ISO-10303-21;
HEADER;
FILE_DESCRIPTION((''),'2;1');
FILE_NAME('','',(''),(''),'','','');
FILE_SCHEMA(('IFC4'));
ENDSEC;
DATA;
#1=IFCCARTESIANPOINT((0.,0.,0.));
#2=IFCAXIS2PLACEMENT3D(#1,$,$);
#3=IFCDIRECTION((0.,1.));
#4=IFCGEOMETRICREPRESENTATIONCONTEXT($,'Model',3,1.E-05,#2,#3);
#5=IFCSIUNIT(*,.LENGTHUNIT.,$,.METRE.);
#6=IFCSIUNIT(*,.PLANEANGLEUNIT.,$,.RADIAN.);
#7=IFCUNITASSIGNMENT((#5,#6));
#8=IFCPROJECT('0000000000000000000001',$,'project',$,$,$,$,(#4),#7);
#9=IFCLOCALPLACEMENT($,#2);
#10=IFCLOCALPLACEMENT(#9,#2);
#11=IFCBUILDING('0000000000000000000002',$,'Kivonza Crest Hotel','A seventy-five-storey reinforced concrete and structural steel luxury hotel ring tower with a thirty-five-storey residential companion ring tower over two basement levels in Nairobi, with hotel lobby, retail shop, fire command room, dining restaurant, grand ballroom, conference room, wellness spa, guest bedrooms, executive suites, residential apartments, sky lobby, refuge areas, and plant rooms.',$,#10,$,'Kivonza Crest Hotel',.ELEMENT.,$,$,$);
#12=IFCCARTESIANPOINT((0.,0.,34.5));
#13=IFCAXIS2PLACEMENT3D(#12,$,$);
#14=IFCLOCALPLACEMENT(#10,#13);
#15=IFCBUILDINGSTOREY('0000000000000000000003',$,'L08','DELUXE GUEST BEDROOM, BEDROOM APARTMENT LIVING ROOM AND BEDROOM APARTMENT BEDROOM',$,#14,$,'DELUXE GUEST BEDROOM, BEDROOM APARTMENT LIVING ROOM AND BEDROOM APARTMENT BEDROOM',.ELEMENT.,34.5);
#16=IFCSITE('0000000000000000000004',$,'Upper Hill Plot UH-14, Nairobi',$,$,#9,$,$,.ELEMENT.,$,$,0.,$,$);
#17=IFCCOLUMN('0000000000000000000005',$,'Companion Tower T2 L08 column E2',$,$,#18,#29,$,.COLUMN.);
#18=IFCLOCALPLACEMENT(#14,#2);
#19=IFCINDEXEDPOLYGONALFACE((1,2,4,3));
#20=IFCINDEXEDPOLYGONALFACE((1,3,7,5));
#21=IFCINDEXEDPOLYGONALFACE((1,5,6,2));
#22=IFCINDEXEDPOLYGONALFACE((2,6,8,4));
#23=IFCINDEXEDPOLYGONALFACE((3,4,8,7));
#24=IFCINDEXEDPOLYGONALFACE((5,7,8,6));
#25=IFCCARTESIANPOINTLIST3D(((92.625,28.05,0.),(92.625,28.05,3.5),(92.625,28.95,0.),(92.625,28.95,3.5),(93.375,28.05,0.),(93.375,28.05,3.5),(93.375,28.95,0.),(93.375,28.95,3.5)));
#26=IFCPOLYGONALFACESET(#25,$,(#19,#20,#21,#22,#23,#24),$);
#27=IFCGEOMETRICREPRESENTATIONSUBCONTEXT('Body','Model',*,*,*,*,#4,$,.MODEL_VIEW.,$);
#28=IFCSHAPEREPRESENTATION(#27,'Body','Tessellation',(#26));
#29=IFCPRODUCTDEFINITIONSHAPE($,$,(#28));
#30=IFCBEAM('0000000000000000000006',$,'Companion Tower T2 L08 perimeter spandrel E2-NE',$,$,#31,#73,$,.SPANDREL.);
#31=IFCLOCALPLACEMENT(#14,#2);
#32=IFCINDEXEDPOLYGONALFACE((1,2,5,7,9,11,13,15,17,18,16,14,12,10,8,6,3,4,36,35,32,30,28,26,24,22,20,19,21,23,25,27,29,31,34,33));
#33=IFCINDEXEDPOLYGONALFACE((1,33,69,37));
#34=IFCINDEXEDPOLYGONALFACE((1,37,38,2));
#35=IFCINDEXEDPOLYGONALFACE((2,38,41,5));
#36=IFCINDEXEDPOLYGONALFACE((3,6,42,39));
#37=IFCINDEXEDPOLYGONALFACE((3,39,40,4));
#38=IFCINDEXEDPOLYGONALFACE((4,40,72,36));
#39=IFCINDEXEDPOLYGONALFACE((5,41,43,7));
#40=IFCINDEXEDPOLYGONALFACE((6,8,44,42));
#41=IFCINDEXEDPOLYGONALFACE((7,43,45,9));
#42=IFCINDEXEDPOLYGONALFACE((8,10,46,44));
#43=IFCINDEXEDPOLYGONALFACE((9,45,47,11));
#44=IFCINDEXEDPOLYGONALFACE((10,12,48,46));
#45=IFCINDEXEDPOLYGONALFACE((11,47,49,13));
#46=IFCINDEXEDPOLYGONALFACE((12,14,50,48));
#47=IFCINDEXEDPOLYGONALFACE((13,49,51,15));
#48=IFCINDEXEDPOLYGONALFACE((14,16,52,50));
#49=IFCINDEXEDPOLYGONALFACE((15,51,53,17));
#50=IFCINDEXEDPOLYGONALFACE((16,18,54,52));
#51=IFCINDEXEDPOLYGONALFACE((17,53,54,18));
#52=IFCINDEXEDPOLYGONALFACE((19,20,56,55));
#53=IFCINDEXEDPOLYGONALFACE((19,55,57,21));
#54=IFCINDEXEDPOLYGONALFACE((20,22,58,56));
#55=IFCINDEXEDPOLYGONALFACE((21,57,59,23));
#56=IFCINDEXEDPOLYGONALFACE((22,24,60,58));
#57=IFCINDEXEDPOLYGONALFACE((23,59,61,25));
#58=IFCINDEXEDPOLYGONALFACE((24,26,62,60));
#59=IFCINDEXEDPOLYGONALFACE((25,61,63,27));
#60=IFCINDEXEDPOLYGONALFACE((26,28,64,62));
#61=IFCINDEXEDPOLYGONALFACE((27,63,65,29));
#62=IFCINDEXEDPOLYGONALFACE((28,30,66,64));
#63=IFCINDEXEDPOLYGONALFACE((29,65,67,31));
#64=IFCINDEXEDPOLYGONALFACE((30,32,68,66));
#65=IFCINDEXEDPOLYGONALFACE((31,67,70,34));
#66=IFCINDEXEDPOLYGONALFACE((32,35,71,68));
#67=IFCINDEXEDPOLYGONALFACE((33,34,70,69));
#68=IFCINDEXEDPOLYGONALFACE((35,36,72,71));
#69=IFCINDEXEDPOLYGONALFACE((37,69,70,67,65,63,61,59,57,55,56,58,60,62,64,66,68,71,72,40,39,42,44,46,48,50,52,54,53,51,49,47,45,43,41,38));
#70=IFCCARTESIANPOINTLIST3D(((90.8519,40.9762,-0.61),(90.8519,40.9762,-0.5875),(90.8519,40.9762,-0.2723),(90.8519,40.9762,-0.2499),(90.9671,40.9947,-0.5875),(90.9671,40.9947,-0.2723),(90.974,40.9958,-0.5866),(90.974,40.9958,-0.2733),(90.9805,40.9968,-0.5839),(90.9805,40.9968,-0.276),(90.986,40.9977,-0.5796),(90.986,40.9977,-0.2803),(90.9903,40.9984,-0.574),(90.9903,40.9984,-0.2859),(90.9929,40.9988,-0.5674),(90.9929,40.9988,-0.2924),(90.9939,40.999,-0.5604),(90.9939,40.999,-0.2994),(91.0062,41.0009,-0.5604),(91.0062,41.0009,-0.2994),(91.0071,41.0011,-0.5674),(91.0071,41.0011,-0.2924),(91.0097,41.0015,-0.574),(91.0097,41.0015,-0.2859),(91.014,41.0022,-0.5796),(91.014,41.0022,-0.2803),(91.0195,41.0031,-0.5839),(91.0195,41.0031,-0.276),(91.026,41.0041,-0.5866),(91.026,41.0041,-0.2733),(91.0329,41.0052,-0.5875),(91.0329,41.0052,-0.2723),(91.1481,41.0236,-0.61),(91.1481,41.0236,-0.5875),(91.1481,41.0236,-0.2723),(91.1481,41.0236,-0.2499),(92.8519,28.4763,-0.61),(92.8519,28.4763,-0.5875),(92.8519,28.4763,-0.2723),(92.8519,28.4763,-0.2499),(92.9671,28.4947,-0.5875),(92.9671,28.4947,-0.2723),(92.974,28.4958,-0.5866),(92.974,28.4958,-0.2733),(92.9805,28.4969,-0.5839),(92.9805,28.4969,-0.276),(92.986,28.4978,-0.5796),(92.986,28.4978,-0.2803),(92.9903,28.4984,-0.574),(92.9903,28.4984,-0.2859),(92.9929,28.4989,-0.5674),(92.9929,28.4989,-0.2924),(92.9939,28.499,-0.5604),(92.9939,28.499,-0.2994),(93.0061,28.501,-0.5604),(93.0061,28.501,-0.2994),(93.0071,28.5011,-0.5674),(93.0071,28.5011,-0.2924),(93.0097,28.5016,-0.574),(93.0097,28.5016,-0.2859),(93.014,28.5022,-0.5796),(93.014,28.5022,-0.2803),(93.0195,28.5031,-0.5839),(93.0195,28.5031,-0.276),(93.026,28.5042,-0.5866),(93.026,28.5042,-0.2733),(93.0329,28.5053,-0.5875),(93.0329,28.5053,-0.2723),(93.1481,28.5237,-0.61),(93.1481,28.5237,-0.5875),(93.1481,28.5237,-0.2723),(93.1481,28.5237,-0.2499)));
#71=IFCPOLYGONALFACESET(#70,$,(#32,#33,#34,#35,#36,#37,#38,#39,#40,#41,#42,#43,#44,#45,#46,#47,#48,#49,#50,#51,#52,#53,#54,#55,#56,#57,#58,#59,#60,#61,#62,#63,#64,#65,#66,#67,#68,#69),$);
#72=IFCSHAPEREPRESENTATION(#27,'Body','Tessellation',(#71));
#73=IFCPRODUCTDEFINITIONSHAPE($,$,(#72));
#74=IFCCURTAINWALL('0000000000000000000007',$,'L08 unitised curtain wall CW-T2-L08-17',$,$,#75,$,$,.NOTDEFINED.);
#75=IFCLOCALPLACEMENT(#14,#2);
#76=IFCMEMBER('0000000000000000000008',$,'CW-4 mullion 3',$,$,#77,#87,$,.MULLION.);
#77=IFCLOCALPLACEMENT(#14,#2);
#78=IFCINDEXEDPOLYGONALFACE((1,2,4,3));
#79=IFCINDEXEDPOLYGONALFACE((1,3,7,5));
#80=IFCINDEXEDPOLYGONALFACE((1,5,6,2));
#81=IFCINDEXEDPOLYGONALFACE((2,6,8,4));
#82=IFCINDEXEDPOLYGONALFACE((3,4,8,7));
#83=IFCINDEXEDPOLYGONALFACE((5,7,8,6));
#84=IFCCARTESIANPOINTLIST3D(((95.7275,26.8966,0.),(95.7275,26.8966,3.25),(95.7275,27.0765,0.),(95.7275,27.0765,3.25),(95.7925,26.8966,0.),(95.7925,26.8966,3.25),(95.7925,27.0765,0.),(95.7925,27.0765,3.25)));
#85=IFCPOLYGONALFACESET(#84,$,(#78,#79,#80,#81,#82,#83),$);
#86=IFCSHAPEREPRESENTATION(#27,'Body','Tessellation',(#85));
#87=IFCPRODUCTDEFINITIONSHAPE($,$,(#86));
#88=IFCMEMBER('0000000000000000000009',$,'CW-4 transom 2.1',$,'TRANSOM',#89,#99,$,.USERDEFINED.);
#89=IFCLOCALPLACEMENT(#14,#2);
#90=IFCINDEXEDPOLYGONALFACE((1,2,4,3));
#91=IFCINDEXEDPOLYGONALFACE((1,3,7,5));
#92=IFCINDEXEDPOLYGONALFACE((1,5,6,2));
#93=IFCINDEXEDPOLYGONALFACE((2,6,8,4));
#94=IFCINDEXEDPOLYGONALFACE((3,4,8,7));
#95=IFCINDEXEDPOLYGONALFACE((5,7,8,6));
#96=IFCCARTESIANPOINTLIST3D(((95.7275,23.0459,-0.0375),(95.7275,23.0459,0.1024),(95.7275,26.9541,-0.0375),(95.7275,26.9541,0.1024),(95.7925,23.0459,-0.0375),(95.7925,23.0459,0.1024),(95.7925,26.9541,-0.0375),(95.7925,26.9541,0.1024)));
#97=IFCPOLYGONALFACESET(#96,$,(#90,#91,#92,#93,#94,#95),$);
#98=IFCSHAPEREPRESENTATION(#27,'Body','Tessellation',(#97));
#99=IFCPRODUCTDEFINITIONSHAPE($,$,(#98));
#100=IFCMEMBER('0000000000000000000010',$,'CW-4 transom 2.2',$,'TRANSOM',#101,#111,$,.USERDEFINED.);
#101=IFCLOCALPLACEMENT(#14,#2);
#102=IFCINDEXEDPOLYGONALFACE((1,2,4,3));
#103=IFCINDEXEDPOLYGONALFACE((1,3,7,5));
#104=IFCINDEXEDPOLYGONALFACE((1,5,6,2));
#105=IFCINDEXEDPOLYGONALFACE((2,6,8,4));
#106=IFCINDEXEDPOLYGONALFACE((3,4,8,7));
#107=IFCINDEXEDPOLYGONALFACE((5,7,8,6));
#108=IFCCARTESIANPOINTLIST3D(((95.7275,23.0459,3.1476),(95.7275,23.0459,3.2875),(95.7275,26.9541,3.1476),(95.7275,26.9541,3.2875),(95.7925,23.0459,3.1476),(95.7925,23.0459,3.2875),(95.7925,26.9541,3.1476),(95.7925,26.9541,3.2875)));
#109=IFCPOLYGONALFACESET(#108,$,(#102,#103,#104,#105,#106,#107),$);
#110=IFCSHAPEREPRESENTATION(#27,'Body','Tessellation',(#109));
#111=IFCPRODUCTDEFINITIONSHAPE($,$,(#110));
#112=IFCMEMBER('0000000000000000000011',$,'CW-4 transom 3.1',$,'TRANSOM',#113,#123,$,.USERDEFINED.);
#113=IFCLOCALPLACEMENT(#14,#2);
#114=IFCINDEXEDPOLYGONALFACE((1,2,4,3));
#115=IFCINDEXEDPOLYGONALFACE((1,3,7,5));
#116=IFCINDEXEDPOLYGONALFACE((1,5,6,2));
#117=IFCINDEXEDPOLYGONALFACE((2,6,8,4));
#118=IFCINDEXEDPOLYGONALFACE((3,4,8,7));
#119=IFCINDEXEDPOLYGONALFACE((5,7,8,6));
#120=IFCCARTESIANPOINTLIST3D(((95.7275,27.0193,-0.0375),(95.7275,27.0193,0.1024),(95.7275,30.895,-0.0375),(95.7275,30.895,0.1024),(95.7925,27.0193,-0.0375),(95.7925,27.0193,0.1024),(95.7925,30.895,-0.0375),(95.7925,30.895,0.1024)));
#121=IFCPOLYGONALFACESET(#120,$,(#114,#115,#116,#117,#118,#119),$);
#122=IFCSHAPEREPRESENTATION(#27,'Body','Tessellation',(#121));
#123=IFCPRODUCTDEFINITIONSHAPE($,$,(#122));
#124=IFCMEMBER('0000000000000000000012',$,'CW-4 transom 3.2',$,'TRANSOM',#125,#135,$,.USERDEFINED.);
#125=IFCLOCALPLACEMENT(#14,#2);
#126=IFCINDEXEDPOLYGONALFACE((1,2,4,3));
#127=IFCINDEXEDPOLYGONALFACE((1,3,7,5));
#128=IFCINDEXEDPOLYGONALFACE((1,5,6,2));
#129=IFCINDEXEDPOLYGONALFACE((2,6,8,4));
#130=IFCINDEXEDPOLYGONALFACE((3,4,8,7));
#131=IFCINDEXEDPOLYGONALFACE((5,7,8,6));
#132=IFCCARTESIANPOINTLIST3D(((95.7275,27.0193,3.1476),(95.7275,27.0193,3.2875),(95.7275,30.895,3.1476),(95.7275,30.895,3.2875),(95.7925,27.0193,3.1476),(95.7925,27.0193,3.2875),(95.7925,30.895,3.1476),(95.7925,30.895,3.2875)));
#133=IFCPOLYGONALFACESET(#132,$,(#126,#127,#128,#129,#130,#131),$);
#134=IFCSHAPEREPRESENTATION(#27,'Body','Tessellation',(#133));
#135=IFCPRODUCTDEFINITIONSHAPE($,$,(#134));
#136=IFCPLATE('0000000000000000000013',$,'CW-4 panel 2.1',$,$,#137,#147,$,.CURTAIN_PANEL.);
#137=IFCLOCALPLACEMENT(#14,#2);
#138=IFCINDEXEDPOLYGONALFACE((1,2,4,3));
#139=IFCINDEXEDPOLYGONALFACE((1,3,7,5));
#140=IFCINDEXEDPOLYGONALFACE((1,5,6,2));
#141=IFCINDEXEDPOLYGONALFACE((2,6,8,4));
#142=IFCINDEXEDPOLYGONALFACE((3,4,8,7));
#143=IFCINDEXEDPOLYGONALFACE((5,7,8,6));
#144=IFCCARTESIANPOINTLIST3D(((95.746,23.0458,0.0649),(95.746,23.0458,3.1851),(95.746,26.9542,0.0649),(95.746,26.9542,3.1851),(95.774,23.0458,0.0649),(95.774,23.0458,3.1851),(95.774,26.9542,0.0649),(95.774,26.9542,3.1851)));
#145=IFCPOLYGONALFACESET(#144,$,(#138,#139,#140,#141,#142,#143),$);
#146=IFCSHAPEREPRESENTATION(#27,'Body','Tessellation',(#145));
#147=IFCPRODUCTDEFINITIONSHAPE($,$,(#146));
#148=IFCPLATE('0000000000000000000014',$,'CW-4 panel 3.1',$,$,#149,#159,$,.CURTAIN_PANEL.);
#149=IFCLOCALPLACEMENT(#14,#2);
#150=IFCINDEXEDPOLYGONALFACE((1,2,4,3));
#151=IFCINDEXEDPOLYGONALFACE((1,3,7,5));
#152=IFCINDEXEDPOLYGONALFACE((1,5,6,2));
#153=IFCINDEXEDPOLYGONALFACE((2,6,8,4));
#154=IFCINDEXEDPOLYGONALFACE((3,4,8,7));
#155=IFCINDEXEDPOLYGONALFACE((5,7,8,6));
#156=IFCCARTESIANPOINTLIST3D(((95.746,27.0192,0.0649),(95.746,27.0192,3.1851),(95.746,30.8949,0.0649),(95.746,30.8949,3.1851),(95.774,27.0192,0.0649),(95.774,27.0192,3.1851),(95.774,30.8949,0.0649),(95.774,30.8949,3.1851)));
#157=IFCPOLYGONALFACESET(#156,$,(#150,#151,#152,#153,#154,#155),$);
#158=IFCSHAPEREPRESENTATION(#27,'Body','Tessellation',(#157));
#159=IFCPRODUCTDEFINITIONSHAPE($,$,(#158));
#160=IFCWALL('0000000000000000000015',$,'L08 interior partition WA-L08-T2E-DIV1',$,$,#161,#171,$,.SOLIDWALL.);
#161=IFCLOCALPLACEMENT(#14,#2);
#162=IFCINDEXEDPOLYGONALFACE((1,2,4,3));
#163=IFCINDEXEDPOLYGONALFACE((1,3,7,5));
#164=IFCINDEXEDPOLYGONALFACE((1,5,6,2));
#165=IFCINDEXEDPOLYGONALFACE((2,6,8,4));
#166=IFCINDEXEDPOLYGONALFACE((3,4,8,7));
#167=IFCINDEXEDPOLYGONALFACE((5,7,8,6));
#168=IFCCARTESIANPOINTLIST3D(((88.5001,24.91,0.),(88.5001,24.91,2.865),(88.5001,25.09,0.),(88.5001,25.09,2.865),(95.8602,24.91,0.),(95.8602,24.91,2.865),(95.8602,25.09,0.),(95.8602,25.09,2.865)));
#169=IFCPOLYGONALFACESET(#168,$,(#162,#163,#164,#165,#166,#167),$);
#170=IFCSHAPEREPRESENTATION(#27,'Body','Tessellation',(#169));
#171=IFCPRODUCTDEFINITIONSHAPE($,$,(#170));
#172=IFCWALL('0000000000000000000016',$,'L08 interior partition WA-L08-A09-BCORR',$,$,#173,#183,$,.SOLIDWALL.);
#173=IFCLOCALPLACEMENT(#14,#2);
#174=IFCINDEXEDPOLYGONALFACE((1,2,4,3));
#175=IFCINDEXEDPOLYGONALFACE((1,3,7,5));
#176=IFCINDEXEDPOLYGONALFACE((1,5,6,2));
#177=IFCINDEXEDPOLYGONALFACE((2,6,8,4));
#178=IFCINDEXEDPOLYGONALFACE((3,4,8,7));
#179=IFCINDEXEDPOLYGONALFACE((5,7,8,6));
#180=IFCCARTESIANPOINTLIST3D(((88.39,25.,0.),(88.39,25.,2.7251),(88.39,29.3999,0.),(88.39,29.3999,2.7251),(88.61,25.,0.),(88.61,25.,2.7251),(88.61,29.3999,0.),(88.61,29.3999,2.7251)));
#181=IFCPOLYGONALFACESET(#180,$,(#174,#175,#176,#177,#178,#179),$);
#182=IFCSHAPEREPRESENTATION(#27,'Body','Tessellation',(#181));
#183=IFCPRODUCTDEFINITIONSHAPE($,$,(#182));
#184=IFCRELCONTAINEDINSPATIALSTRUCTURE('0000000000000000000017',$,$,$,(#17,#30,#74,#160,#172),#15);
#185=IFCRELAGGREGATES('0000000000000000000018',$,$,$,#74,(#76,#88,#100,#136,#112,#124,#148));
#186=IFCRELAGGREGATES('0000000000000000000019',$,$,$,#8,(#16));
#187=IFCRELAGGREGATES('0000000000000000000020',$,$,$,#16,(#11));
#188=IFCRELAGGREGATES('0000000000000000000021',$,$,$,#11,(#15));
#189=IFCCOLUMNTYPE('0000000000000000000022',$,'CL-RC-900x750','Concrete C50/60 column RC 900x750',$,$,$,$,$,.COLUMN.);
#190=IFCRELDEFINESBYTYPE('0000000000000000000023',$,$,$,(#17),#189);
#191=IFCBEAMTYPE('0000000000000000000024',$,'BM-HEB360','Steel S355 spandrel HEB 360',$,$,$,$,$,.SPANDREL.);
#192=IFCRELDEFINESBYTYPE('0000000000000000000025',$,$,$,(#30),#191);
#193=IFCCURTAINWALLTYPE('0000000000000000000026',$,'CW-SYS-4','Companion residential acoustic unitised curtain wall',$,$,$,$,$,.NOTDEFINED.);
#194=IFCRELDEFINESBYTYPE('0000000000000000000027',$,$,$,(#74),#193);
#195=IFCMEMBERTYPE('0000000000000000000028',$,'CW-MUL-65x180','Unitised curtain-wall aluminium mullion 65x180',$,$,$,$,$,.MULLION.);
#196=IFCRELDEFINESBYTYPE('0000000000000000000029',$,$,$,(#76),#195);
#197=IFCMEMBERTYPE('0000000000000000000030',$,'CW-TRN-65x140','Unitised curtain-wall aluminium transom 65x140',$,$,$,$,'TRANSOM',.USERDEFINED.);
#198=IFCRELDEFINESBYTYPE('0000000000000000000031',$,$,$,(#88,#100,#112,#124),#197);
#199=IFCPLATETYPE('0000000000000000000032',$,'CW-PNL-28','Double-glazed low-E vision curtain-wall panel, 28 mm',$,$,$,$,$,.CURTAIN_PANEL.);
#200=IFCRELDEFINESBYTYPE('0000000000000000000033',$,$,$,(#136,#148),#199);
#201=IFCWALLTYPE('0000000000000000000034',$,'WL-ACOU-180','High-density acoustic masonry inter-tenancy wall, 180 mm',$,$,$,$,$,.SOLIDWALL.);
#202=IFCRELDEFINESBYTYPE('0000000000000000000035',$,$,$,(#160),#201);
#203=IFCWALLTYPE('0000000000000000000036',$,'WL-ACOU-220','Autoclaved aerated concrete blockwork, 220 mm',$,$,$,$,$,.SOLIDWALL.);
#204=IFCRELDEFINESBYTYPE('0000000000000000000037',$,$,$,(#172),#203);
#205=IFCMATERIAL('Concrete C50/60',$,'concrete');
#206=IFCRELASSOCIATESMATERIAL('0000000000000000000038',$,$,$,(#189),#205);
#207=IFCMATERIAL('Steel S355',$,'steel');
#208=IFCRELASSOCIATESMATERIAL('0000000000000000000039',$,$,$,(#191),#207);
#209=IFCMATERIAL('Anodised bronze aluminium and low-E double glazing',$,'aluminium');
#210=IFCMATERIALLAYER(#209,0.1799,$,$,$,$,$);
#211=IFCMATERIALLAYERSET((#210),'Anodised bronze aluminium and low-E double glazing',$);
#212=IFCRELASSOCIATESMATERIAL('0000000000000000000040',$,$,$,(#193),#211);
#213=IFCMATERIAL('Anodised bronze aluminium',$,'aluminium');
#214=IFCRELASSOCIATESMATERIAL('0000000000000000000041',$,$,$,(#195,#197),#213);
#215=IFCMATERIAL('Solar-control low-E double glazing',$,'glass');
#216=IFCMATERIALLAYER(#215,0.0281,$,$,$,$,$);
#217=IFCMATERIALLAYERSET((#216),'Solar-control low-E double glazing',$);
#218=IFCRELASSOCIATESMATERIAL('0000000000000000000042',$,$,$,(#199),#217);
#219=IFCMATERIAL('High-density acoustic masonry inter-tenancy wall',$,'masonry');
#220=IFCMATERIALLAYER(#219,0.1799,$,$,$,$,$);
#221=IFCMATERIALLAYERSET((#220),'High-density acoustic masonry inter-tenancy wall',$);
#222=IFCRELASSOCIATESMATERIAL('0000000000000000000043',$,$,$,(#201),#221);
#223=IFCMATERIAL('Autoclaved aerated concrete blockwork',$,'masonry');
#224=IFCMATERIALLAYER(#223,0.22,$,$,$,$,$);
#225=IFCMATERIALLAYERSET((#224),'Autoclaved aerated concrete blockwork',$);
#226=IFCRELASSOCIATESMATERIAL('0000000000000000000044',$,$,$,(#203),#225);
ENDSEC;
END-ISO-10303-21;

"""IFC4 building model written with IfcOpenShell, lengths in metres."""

from ifc_helpers import new_model, si_unit, direction, frame, frame_2d, origin, origin_2d, place, context, subcontext, project, spatial, rectangle, i_section, extrude, material, layer, layer_set, material_profile, profile_set, type_object, element, aggregate, save


model = new_model("IFC4")

# Units and contexts
model_context = context("Model", 3, precision=1e-05, world=origin(), true_north=direction((0.0, 1.0)))
body_context = subcontext(model_context, "Body", "Model", "MODEL_VIEW")
ifc_project = project(units=[si_unit("LENGTHUNIT", "METRE"), si_unit("PLANEANGLEUNIT", "RADIAN")], contexts=[model_context])

# Site, building, storey
site_placement = place(None, origin())
site = spatial("IfcSite", under=ifc_project, at=site_placement, Name="Upper Hill Plot UH-14, Nairobi", CompositionType="ELEMENT", RefElevation=0.0)
building_placement = place(site_placement, origin())
building = spatial("IfcBuilding", under=site, at=building_placement, Name="Kivonza Crest Hotel", Description="A seventy-five-storey reinforced concrete and structural steel luxury hotel ring tower with a thirty-five-storey residential companion ring tower over two basement levels in Nairobi, with hotel lobby, retail shop, fire command room, dining restaurant, grand ballroom, conference room, wellness spa, guest bedrooms, executive suites, residential apartments, sky lobby, refuge areas, and plant rooms.", LongName="Kivonza Crest Hotel", CompositionType="ELEMENT")
storey_placement = place(building_placement, frame((0.0, 0.0, 34.5)))
storey = spatial("IfcBuildingStorey", under=building, at=storey_placement, Name="L08", Description="DELUXE GUEST BEDROOM, BEDROOM APARTMENT LIVING ROOM AND BEDROOM APARTMENT BEDROOM", LongName="DELUXE GUEST BEDROOM, BEDROOM APARTMENT LIVING ROOM AND BEDROOM APARTMENT BEDROOM", CompositionType="ELEMENT", Elevation=34.5)

# Column
ifc_material_1 = material(Name="Concrete C50/60", Category="concrete")
ifc_material_profile_1 = material_profile(ifc_material_1, rectangle(XDim=0.75, YDim=0.8999, at=origin_2d()), Name="RC 900x750")
ifc_profile_set_1 = profile_set([ifc_material_profile_1], Name="Concrete C50/60")
column_type = type_object("IfcColumnType", Name="CL-RC-900x750", Description="Concrete C50/60 column RC 900x750", PredefinedType="COLUMN", material=ifc_profile_set_1)
column_placement = place(storey_placement, frame((93.0, 28.5, 0.0), z_axis=(0.0, 0.0, 1.0), x_axis=(1.0, 0.0, 0.0)))
element("IfcColumn", 1, at=column_placement, inside=storey, type_object=column_type, Name="Companion Tower T2 L08 column E2", PredefinedType="COLUMN", context=body_context, shape_type="SweptSolid", body=[
    extrude(rectangle(XDim=0.75, YDim=0.8999, at=origin_2d()), origin(), (0.0, 0.0, 1.0), 3.5),
])

# Beam
ifc_material_2 = material(Name="Steel S355", Category="steel")
ifc_material_profile_2 = material_profile(ifc_material_2, i_section(OverallWidth=0.3, OverallDepth=0.3601, WebThickness=0.0125, FlangeThickness=0.0225, FilletRadius=0.0271, at=origin_2d()), Name="HEB 360")
ifc_profile_set_2 = profile_set([ifc_material_profile_2], Name="Steel S355")
beam_type = type_object("IfcBeamType", Name="BM-HEB360", Description="Steel S355 spandrel HEB 360", PredefinedType="SPANDREL", material=ifc_profile_set_2)
beam_placement = place(storey_placement, frame((93.0, 28.5, -0.4299), z_axis=(-0.157991, 0.987441, 0.0), x_axis=(-0.987441, -0.157991, 0.0)))
element("IfcBeam", 2, at=beam_placement, inside=storey, type_object=beam_type, Name="Companion Tower T2 L08 perimeter spandrel E2-NE", PredefinedType="SPANDREL", context=body_context, shape_type="SweptSolid", body=[
    extrude(i_section(OverallWidth=0.3, OverallDepth=0.3601, WebThickness=0.0125, FlangeThickness=0.0225, FilletRadius=0.0271, at=origin_2d()), origin(), (0.0, 0.0, 1.0), 12.6589),
])

# Curtain wall, members, plates
ifc_material_3 = material(Name="Anodised bronze aluminium and low-E double glazing", Category="aluminium")
ifc_layer_1 = layer(ifc_material_3, 0.1799)
ifc_layer_set_1 = layer_set([ifc_layer_1], Name="Anodised bronze aluminium and low-E double glazing")
curtain_wall_type = type_object("IfcCurtainWallType", Name="CW-SYS-4", Description="Companion residential acoustic unitised curtain wall", PredefinedType="NOTDEFINED", material=ifc_layer_set_1)
curtain_wall_placement = place(storey_placement, origin())
curtain_wall = element("IfcCurtainWall", 3, at=curtain_wall_placement, inside=storey, type_object=curtain_wall_type, Name="L08 unitised curtain wall CW-T2-L08-17", PredefinedType="NOTDEFINED")
ifc_material_4 = material(Name="Anodised bronze aluminium", Category="aluminium")
ifc_material_profile_3 = material_profile(ifc_material_4, rectangle(XDim=0.0649, YDim=0.1799, at=origin_2d()), Name="CW-M 65x180")
ifc_profile_set_3 = profile_set([ifc_material_profile_3], Name="Anodised bronze aluminium")
member_type_1 = type_object("IfcMemberType", Name="CW-MUL-65x180", Description="Unitised curtain-wall aluminium mullion 65x180", PredefinedType="MULLION", material=ifc_profile_set_3)
member_1_placement = place(storey_placement, frame((95.76, 26.9866, 0.0), z_axis=(0.0, 0.0, 1.0), x_axis=(-1.0, 0.0, 0.0)))
member_1 = element("IfcMember", 4, at=member_1_placement, type_object=member_type_1, Name="CW-4 mullion 3", PredefinedType="MULLION", context=body_context, shape_type="SweptSolid", body=[
    extrude(rectangle(XDim=0.0649, YDim=0.1799, at=origin_2d()), origin(), (0.0, 0.0, 1.0), 3.25),
])
ifc_material_profile_4 = material_profile(ifc_material_4, rectangle(XDim=0.0649, YDim=0.1399, at=origin_2d()), Name="CW-T 65x140")
ifc_profile_set_4 = profile_set([ifc_material_profile_4], Name="Anodised bronze aluminium")
member_type_2 = type_object("IfcMemberType", Name="CW-TRN-65x140", Description="Unitised curtain-wall aluminium transom 65x140", ElementType="TRANSOM", PredefinedType="USERDEFINED", material=ifc_profile_set_4)
member_2_placement = place(storey_placement, frame((95.76, 23.0459, 0.0325), z_axis=(0.0, 1.0, 0.0), x_axis=(-1.0, 0.0, 0.0)))
member_2 = element("IfcMember", 5, at=member_2_placement, type_object=member_type_2, Name="CW-4 transom 2.1", ObjectType="TRANSOM", PredefinedType="USERDEFINED", context=body_context, shape_type="SweptSolid", body=[
    extrude(rectangle(XDim=0.0649, YDim=0.1399, at=origin_2d()), origin(), (0.0, 0.0, 1.0), 3.9082),
])
member_3_placement = place(storey_placement, frame((95.76, 23.0459, 3.2175), z_axis=(0.0, 1.0, 0.0), x_axis=(-1.0, 0.0, 0.0)))
member_3 = element("IfcMember", 6, at=member_3_placement, type_object=member_type_2, Name="CW-4 transom 2.2", ObjectType="TRANSOM", PredefinedType="USERDEFINED", context=body_context, shape_type="SweptSolid", body=[
    extrude(rectangle(XDim=0.0649, YDim=0.1399, at=origin_2d()), origin(), (0.0, 0.0, 1.0), 3.9082),
])
member_4_placement = place(storey_placement, frame((95.76, 27.0193, 0.0325), z_axis=(0.0, 1.0, 0.0), x_axis=(-1.0, 0.0, 0.0)))
member_4 = element("IfcMember", 7, at=member_4_placement, type_object=member_type_2, Name="CW-4 transom 3.1", ObjectType="TRANSOM", PredefinedType="USERDEFINED", context=body_context, shape_type="SweptSolid", body=[
    extrude(rectangle(XDim=0.0649, YDim=0.1399, at=origin_2d()), origin(), (0.0, 0.0, 1.0), 3.8757),
])
member_5_placement = place(storey_placement, frame((95.76, 27.0193, 3.2175), z_axis=(0.0, 1.0, 0.0), x_axis=(-1.0, 0.0, 0.0)))
member_5 = element("IfcMember", 8, at=member_5_placement, type_object=member_type_2, Name="CW-4 transom 3.2", ObjectType="TRANSOM", PredefinedType="USERDEFINED", context=body_context, shape_type="SweptSolid", body=[
    extrude(rectangle(XDim=0.0649, YDim=0.1399, at=origin_2d()), origin(), (0.0, 0.0, 1.0), 3.8757),
])
ifc_material_5 = material(Name="Solar-control low-E double glazing", Category="glass")
ifc_layer_2 = layer(ifc_material_5, 0.0281)
ifc_layer_set_2 = layer_set([ifc_layer_2], Name="Solar-control low-E double glazing")
plate_type = type_object("IfcPlateType", Name="CW-PNL-28", Description="Double-glazed low-E vision curtain-wall panel, 28 mm", PredefinedType="CURTAIN_PANEL", material=ifc_layer_set_2)
plate_1_placement = place(storey_placement, frame((95.76, 25.0, 0.0649), z_axis=(0.0, 0.0, 1.0), x_axis=(0.0, 1.0, 0.0)))
plate_1 = element("IfcPlate", 9, at=plate_1_placement, type_object=plate_type, Name="CW-4 panel 2.1", PredefinedType="CURTAIN_PANEL", context=body_context, shape_type="SweptSolid", body=[
    extrude(rectangle(XDim=3.9084, YDim=0.0281, at=origin_2d()), origin(), (0.0, 0.0, 1.0), 3.1201),
])
plate_2_placement = place(storey_placement, frame((95.76, 28.957, 0.0649), z_axis=(0.0, 0.0, 1.0), x_axis=(0.0, 1.0, 0.0)))
plate_2 = element("IfcPlate", 10, at=plate_2_placement, type_object=plate_type, Name="CW-4 panel 3.1", PredefinedType="CURTAIN_PANEL", context=body_context, shape_type="SweptSolid", body=[
    extrude(rectangle(XDim=3.8757, YDim=0.0281, at=origin_2d()), origin(), (0.0, 0.0, 1.0), 3.1201),
])
aggregate(curtain_wall, [member_1, member_2, member_3, plate_1, member_4, member_5, plate_2])

# Walls
ifc_material_6 = material(Name="High-density acoustic masonry inter-tenancy wall", Category="masonry")
ifc_layer_3 = layer(ifc_material_6, 0.1799)
ifc_layer_set_3 = layer_set([ifc_layer_3], Name="High-density acoustic masonry inter-tenancy wall")
wall_type_1 = type_object("IfcWallType", Name="WL-ACOU-180", Description="High-density acoustic masonry inter-tenancy wall, 180 mm", PredefinedType="SOLIDWALL", material=ifc_layer_set_3)
wall_1_placement = place(storey_placement, frame((88.5, 25.0, 0.0), z_axis=(0.0, 0.0, 1.0), x_axis=(1.0, 0.0, 0.0)))
element("IfcWall", 11, at=wall_1_placement, inside=storey, type_object=wall_type_1, Name="L08 interior partition WA-L08-T2E-DIV1", PredefinedType="SOLIDWALL", context=body_context, shape_type="SweptSolid", body=[
    extrude(rectangle(XDim=7.3601, YDim=0.1799, at=frame_2d((3.6802, 0.0))), origin(), (0.0, 0.0, 1.0), 2.865),
])
ifc_material_7 = material(Name="Autoclaved aerated concrete blockwork", Category="masonry")
ifc_layer_4 = layer(ifc_material_7, 0.22)
ifc_layer_set_4 = layer_set([ifc_layer_4], Name="Autoclaved aerated concrete blockwork")
wall_type_2 = type_object("IfcWallType", Name="WL-ACOU-220", Description="Autoclaved aerated concrete blockwork, 220 mm", PredefinedType="SOLIDWALL", material=ifc_layer_set_4)
wall_2_placement = place(storey_placement, frame((88.5, 25.0, 0.0), z_axis=(0.0, 0.0, 1.0), x_axis=(0.0, 1.0, 0.0)))
element("IfcWall", 12, at=wall_2_placement, inside=storey, type_object=wall_type_2, Name="L08 interior partition WA-L08-A09-BCORR", PredefinedType="SOLIDWALL", context=body_context, shape_type="SweptSolid", body=[
    extrude(rectangle(XDim=4.3999, YDim=0.22, at=frame_2d((2.2, 0.0))), origin(), (0.0, 0.0, 1.0), 2.7251),
])

save(model, "model.ifc")
